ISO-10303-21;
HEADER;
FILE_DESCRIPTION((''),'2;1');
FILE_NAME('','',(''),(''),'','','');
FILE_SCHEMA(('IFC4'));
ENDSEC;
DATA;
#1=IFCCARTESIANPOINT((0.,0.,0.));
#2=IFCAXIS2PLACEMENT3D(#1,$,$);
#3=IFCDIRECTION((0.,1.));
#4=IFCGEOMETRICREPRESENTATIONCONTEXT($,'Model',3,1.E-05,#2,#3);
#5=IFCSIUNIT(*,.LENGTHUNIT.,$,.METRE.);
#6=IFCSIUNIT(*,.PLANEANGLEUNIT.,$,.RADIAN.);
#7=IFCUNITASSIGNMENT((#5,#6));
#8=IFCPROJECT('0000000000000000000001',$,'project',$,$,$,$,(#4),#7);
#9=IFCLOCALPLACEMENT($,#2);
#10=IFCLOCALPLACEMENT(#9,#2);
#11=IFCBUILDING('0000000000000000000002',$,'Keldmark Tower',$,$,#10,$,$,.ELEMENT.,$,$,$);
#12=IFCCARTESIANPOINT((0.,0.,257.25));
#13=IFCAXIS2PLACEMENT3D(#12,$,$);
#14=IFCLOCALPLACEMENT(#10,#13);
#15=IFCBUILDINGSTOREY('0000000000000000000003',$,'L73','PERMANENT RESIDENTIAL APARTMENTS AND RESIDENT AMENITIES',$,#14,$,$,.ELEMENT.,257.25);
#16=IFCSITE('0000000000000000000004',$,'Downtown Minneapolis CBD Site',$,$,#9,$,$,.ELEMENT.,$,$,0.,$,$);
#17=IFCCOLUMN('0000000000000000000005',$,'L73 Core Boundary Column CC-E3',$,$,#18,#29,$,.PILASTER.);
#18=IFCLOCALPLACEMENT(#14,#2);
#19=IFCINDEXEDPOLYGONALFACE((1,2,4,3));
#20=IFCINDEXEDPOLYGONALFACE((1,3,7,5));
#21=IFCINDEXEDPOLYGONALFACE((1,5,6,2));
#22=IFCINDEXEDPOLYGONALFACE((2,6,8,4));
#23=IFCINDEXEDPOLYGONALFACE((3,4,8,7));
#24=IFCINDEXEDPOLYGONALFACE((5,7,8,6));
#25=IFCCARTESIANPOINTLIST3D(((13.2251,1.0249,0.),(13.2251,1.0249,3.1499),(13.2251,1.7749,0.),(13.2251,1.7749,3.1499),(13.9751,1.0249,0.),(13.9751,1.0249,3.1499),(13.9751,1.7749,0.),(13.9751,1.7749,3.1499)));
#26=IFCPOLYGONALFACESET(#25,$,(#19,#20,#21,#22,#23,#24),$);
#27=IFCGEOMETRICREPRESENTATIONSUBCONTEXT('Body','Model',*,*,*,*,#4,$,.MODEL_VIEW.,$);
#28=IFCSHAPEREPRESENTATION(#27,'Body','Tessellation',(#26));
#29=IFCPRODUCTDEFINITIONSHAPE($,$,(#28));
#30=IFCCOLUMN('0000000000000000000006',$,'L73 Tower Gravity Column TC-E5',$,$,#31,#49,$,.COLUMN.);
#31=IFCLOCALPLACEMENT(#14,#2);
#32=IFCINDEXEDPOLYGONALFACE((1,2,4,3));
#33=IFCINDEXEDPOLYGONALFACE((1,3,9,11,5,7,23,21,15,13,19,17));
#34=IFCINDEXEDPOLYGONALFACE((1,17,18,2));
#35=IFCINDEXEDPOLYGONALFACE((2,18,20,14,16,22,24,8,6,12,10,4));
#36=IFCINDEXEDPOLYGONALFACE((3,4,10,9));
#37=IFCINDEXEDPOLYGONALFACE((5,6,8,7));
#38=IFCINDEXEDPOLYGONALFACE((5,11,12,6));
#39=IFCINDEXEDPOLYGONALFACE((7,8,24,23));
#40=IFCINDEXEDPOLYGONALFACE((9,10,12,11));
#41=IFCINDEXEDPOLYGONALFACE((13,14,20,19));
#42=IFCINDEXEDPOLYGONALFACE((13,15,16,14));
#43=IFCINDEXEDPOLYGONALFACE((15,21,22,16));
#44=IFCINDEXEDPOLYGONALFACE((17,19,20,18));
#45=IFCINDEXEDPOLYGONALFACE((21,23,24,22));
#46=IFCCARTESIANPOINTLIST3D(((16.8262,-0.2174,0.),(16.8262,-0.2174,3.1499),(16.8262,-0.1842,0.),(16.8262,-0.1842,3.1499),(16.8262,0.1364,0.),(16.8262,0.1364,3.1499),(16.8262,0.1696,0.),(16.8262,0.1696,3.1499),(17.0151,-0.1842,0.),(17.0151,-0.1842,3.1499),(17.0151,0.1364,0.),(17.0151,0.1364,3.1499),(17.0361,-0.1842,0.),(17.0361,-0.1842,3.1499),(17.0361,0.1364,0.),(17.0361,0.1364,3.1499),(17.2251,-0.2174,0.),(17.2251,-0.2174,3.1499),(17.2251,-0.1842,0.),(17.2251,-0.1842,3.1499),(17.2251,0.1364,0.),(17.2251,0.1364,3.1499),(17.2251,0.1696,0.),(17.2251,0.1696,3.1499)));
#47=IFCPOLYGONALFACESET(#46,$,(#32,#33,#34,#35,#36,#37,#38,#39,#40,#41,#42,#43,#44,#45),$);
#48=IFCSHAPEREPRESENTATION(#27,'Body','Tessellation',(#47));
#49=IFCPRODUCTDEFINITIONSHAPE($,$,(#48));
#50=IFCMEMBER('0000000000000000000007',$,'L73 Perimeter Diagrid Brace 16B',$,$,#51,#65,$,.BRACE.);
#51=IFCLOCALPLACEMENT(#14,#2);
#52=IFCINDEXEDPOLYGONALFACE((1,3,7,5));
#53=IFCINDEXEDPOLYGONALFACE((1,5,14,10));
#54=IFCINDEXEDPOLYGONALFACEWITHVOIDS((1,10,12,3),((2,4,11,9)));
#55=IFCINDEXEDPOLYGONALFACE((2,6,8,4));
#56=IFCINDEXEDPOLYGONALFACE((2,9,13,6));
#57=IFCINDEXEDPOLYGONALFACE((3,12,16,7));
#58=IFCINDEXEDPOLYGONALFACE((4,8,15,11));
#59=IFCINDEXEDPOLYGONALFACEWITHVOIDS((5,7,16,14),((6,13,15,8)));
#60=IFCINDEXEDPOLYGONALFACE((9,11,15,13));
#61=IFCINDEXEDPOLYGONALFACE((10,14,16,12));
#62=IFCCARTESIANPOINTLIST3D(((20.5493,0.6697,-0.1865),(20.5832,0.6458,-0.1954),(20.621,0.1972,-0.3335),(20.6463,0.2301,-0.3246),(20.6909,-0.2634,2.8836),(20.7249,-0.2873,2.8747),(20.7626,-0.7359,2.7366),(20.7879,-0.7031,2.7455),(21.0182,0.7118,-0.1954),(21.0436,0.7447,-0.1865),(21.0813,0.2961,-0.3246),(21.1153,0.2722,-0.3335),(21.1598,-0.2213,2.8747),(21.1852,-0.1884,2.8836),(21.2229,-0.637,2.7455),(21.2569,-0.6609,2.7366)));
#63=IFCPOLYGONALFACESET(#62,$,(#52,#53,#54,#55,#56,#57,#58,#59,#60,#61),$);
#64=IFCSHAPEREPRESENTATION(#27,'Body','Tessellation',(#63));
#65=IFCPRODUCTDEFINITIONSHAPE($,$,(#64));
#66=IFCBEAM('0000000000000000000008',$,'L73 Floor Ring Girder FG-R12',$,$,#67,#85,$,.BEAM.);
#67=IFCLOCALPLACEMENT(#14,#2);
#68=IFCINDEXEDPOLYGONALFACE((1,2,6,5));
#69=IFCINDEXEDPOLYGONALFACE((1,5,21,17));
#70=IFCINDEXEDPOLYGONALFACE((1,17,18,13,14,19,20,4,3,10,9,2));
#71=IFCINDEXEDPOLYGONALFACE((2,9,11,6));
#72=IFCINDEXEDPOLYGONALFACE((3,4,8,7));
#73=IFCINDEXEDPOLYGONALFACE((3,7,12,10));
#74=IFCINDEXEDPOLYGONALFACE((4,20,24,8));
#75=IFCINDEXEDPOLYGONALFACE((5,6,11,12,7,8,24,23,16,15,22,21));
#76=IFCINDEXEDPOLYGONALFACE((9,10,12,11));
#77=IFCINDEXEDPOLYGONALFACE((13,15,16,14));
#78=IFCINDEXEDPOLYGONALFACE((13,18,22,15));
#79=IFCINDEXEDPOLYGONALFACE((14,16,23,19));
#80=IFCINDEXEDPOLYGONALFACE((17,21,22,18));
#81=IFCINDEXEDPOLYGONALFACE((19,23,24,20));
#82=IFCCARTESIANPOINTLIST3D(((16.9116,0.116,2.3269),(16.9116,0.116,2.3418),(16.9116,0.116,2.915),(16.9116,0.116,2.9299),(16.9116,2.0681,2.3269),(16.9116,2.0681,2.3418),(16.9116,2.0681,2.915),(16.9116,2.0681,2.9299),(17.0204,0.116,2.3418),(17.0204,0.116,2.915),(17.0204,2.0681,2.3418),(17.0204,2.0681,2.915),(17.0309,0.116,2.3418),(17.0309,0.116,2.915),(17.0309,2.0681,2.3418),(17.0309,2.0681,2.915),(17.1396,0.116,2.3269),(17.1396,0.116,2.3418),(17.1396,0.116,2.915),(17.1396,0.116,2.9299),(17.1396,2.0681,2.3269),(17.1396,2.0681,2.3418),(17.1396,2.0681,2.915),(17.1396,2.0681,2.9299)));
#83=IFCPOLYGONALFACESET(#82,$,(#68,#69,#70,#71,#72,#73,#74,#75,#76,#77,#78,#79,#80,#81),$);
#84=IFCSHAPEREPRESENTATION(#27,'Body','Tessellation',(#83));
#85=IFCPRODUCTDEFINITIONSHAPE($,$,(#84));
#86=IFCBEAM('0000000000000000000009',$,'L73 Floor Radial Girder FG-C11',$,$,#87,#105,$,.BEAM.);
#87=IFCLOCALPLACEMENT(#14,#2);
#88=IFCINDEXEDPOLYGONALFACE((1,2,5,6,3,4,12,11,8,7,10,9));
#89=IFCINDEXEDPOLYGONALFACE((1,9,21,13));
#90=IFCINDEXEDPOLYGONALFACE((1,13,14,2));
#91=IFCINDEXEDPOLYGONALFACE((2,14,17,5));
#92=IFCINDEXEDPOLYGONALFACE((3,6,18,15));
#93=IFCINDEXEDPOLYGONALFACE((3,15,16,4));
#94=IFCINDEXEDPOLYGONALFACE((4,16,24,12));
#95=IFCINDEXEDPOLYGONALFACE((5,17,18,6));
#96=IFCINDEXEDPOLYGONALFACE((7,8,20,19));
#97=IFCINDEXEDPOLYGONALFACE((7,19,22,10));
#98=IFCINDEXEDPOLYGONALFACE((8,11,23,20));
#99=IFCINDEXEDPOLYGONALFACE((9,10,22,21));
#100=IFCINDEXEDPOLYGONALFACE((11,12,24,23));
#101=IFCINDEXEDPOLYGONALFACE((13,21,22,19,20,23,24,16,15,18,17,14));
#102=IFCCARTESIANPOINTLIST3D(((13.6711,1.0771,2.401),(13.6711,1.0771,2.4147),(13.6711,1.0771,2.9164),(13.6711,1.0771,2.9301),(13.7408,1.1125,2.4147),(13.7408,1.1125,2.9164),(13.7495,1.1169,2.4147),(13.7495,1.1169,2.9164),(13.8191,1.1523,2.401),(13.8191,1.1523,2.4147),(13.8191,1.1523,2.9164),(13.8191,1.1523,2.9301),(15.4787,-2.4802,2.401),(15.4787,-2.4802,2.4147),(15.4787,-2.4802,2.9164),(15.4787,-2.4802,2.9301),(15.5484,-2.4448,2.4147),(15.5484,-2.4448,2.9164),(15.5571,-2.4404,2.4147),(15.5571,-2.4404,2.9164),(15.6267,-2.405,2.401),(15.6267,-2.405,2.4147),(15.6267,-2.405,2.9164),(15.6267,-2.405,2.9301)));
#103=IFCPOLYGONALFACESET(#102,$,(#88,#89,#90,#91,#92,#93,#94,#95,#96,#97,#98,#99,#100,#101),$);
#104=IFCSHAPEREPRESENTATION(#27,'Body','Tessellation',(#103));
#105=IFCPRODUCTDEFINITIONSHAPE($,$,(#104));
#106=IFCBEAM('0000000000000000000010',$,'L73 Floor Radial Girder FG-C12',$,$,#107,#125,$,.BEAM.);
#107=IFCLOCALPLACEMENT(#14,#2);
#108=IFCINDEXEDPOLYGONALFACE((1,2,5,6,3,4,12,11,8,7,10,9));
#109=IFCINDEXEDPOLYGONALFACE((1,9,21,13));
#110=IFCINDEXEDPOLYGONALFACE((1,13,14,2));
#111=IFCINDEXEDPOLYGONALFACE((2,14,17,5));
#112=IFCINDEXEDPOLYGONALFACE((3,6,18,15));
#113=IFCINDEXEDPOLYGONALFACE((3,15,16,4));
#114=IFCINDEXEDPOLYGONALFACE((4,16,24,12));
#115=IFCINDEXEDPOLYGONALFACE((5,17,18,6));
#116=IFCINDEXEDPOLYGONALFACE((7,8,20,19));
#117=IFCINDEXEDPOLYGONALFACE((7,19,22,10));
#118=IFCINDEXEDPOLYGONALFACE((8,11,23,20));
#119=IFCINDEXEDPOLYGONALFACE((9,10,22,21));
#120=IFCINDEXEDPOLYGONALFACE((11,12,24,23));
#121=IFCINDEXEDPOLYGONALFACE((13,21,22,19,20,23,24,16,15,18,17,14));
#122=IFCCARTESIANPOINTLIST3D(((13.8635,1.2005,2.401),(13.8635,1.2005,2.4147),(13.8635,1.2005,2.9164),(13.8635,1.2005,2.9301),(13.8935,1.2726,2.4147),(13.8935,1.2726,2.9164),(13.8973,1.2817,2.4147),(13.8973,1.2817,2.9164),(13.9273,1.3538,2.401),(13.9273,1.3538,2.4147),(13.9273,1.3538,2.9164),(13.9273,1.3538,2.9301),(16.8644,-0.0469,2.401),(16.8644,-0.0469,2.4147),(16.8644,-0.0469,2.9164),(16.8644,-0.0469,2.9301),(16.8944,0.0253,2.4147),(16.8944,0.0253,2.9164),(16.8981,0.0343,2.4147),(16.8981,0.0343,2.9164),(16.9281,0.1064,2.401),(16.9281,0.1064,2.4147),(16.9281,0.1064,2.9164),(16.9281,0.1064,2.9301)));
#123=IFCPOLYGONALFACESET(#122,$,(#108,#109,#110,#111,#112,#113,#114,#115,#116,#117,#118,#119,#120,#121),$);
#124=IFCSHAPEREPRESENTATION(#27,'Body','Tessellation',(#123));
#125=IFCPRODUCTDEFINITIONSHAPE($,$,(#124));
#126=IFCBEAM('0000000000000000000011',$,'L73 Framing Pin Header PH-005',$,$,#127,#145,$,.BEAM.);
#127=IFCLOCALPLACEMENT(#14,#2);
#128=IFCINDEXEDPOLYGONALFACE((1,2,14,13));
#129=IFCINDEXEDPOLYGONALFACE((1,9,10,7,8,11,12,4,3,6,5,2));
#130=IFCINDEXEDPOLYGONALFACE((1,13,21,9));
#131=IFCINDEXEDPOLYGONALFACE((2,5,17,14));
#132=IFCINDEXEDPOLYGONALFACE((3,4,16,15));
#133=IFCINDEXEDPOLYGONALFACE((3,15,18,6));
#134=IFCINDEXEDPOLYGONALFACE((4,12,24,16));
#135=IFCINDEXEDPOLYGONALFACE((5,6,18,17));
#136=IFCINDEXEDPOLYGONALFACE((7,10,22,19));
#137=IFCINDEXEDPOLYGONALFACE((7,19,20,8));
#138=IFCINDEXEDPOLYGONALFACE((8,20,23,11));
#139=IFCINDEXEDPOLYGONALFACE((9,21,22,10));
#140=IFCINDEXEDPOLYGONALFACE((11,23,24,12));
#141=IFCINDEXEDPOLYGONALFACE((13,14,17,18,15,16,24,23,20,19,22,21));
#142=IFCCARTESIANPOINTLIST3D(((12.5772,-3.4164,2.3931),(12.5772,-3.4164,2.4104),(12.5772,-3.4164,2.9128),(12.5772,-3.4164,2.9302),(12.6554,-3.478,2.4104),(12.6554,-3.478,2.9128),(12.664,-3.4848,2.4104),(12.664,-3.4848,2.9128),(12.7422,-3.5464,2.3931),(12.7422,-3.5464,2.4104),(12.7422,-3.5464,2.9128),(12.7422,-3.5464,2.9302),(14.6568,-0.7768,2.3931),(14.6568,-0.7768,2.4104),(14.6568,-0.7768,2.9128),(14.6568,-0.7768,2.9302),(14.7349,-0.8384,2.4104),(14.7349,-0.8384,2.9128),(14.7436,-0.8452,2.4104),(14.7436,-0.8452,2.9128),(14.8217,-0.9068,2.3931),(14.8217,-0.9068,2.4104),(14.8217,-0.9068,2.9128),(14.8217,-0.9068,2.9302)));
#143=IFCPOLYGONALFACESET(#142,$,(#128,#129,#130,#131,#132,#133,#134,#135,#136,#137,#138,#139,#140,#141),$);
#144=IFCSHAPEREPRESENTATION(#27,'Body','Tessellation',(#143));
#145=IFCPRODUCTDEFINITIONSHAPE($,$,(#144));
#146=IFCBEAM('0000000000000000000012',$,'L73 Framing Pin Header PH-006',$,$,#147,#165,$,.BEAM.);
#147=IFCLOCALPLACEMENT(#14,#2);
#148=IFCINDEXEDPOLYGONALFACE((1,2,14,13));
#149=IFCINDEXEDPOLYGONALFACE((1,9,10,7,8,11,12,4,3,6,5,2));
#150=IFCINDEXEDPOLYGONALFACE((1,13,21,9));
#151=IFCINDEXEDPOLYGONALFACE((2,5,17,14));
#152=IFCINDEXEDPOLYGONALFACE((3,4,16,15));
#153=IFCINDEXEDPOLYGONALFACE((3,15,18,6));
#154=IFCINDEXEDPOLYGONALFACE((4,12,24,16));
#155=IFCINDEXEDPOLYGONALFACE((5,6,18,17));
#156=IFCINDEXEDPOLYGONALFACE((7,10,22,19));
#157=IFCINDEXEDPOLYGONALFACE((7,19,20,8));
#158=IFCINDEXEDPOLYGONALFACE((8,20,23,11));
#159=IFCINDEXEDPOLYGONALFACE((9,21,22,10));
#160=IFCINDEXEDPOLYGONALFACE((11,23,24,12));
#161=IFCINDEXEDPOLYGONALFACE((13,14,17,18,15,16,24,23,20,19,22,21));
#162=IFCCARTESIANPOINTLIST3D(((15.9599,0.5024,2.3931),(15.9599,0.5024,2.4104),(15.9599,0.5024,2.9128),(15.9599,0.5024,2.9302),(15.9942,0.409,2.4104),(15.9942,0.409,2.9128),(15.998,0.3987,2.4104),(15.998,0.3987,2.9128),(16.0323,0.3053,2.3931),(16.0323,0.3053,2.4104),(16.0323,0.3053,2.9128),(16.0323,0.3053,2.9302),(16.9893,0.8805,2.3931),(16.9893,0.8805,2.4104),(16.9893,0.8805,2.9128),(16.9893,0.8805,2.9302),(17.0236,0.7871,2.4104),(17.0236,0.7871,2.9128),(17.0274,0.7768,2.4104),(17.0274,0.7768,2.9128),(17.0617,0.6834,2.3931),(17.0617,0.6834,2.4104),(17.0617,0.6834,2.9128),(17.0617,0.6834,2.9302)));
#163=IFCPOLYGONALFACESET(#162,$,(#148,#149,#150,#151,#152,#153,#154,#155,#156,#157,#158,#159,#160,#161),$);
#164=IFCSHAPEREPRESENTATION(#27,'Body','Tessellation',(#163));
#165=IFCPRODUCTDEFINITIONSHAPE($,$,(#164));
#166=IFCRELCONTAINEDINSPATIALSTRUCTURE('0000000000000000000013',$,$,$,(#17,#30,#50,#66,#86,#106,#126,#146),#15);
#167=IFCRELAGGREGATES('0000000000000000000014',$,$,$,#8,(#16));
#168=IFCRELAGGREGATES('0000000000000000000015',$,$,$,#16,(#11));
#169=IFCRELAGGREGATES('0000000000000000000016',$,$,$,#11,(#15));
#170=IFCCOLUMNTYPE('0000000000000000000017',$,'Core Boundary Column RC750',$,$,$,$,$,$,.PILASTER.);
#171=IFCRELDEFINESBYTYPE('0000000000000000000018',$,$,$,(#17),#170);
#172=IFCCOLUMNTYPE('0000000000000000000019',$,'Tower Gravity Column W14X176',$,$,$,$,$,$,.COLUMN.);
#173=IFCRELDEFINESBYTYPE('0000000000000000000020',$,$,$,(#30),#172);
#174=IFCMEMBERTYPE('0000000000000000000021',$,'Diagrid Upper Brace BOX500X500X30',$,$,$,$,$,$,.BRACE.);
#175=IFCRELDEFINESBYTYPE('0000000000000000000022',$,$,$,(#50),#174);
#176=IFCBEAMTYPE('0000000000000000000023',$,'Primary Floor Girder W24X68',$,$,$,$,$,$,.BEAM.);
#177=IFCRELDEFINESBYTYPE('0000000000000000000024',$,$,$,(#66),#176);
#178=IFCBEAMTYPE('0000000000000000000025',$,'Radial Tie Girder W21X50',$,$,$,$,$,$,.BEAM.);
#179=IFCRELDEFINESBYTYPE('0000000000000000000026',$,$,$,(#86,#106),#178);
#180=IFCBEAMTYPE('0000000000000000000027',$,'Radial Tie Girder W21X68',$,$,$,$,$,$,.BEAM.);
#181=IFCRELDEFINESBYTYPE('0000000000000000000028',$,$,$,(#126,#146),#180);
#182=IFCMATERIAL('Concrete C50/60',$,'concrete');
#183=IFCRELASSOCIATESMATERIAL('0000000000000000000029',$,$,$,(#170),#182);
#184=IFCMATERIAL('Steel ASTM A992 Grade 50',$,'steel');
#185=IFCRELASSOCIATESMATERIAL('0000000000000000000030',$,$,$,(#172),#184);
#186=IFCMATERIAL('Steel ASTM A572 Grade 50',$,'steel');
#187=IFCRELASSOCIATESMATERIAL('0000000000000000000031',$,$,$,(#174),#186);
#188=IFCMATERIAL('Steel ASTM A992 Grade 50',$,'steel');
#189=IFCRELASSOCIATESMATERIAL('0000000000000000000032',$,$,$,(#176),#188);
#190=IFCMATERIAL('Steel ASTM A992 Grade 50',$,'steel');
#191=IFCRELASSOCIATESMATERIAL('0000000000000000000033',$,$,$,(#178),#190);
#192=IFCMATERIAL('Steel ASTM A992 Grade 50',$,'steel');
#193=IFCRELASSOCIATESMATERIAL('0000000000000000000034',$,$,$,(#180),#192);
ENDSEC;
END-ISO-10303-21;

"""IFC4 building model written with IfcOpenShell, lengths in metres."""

from ifc_helpers import new_model, si_unit, direction, frame, origin, origin_2d, place, context, subcontext, project, spatial, rectangle, hollow_rectangle, i_section, extrude, material, material_profile, profile_set, type_object, element, save


model = new_model("IFC4")

# Units and contexts
model_context = context("Model", 3, precision=1e-05, world=origin(), true_north=direction((0.0, 1.0)))
body_context = subcontext(model_context, "Body", "Model", "MODEL_VIEW")
ifc_project = project(units=[si_unit("LENGTHUNIT", "METRE"), si_unit("PLANEANGLEUNIT", "RADIAN")], contexts=[model_context])

# Site, building, storey
site_placement = place(None, origin())
site = spatial("IfcSite", under=ifc_project, at=site_placement, Name="Downtown Minneapolis CBD Site", CompositionType="ELEMENT", RefElevation=0.0)
building_placement = place(site_placement, origin())
building = spatial("IfcBuilding", under=site, at=building_placement, Name="Keldmark Tower", CompositionType="ELEMENT")
storey_placement = place(building_placement, frame((0.0, 0.0, 257.25)))
storey = spatial("IfcBuildingStorey", under=building, at=storey_placement, Name="L73", Description="PERMANENT RESIDENTIAL APARTMENTS AND RESIDENT AMENITIES", CompositionType="ELEMENT", Elevation=257.25)

# Columns
ifc_material_1 = material(Name="Concrete C50/60", Category="concrete")
ifc_material_profile_1 = material_profile(ifc_material_1, rectangle(XDim=0.75, YDim=0.75, at=origin_2d()), Name="RC750X750")
ifc_profile_set_1 = profile_set([ifc_material_profile_1], Name="Concrete C50/60")
column_type_1 = type_object("IfcColumnType", Name="Core Boundary Column RC750", PredefinedType="PILASTER", material=ifc_profile_set_1)
column_1_placement = place(storey_placement, frame((13.6001, 1.3999, 0.0), z_axis=(0.0, 0.0, 1.0), x_axis=(1.0, 0.0, 0.0)))
element("IfcColumn", 1, at=column_1_placement, inside=storey, type_object=column_type_1, Name="L73 Core Boundary Column CC-E3", PredefinedType="PILASTER", context=body_context, shape_type="SweptSolid", body=[
    extrude(rectangle(XDim=0.75, YDim=0.75, at=origin_2d()), origin(), (0.0, 0.0, 1.0), 3.1499),
])
ifc_material_2 = material(Name="Steel ASTM A992 Grade 50", Category="steel")
ifc_material_profile_2 = material_profile(ifc_material_2, i_section(OverallWidth=0.3989, OverallDepth=0.387, WebThickness=0.021, FlangeThickness=0.0332, at=origin_2d()), Name="W14X176")
ifc_profile_set_2 = profile_set([ifc_material_profile_2], Name="Steel ASTM A992 Grade 50")
column_type_2 = type_object("IfcColumnType", Name="Tower Gravity Column W14X176", PredefinedType="COLUMN", material=ifc_profile_set_2)
column_2_placement = place(storey_placement, frame((17.0256, -0.0239, 0.0), z_axis=(0.0, 0.0, 1.0), x_axis=(1.0, 0.0, 0.0)))
element("IfcColumn", 2, at=column_2_placement, inside=storey, type_object=column_type_2, Name="L73 Tower Gravity Column TC-E5", PredefinedType="COLUMN", context=body_context, shape_type="SweptSolid", body=[
    extrude(i_section(OverallWidth=0.3989, OverallDepth=0.387, WebThickness=0.021, FlangeThickness=0.0332, at=origin_2d()), origin(), (0.0, 0.0, 1.0), 3.1499),
])

# Member
ifc_material_3 = material(Name="Steel ASTM A572 Grade 50", Category="steel")
ifc_material_profile_3 = material_profile(ifc_material_3, hollow_rectangle(XDim=0.5, YDim=0.5, WallThickness=0.03, at=origin_2d()), Name="BOX500X500X30")
ifc_profile_set_3 = profile_set([ifc_material_profile_3], Name="Steel ASTM A572 Grade 50")
member_type = type_object("IfcMemberType", Name="Diagrid Upper Brace BOX500X500X30", PredefinedType="BRACE", material=ifc_profile_set_3)
member_placement = place(storey_placement, frame((20.8323, 0.4709, -0.26), z_axis=(0.044087, -0.290519, 0.955853), x_axis=(0.988681, 0.150035, 0.0)))
element("IfcMember", 3, at=member_placement, inside=storey, type_object=member_type, Name="L73 Perimeter Diagrid Brace 16B", PredefinedType="BRACE", context=body_context, shape_type="SweptSolid", body=[
    extrude(hollow_rectangle(XDim=0.5, YDim=0.5, WallThickness=0.03, at=origin_2d()), origin(), (0.0, 0.0, 1.0), 3.2119),
])

# Beams
ifc_material_4 = material(Name="Steel ASTM A992 Grade 50", Category="steel")
ifc_material_profile_4 = material_profile(ifc_material_4, i_section(OverallWidth=0.228, OverallDepth=0.603, WebThickness=0.0105, FlangeThickness=0.0149, at=origin_2d()), Name="W24X68")
ifc_profile_set_4 = profile_set([ifc_material_profile_4], Name="Steel ASTM A992 Grade 50")
beam_type_1 = type_object("IfcBeamType", Name="Primary Floor Girder W24X68", PredefinedType="BEAM", material=ifc_profile_set_4)
beam_1_placement = place(storey_placement, frame((17.0256, 0.116, 2.6284), z_axis=(0.0, 1.0, 0.0), x_axis=(-1.0, 0.0, 0.0)))
element("IfcBeam", 4, at=beam_1_placement, inside=storey, type_object=beam_type_1, Name="L73 Floor Ring Girder FG-R12", PredefinedType="BEAM", context=body_context, shape_type="SweptSolid", body=[
    extrude(i_section(OverallWidth=0.228, OverallDepth=0.603, WebThickness=0.0105, FlangeThickness=0.0149, at=origin_2d()), origin(), (0.0, 0.0, 1.0), 1.9521),
])
ifc_material_5 = material(Name="Steel ASTM A992 Grade 50", Category="steel")
ifc_material_profile_5 = material_profile(ifc_material_5, i_section(OverallWidth=0.166, OverallDepth=0.5291, WebThickness=0.0098, FlangeThickness=0.0137, at=origin_2d()), Name="W21X50")
ifc_profile_set_5 = profile_set([ifc_material_profile_5], Name="Steel ASTM A992 Grade 50")
beam_type_2 = type_object("IfcBeamType", Name="Radial Tie Girder W21X50", PredefinedType="BEAM", material=ifc_profile_set_5)
beam_2_placement = place(storey_placement, frame((15.5527, -2.4426, 2.6655), z_axis=(-0.453004, 0.891508, 0.0), x_axis=(-0.891508, -0.453004, 0.0)))
element("IfcBeam", 5, at=beam_2_placement, inside=storey, type_object=beam_type_2, Name="L73 Floor Radial Girder FG-C11", PredefinedType="BEAM", context=body_context, shape_type="SweptSolid", body=[
    extrude(i_section(OverallWidth=0.166, OverallDepth=0.5291, WebThickness=0.0098, FlangeThickness=0.0137, at=origin_2d()), origin(), (0.0, 0.0, 1.0), 3.9902),
])
beam_3_placement = place(storey_placement, frame((16.8962, 0.0298, 2.6655), z_axis=(-0.923403, 0.383831, 0.0), x_axis=(-0.383831, -0.923403, 0.0)))
element("IfcBeam", 6, at=beam_3_placement, inside=storey, type_object=beam_type_2, Name="L73 Floor Radial Girder FG-C12", PredefinedType="BEAM", context=body_context, shape_type="SweptSolid", body=[
    extrude(i_section(OverallWidth=0.166, OverallDepth=0.5291, WebThickness=0.0098, FlangeThickness=0.0137, at=origin_2d()), origin(), (0.0, 0.0, 1.0), 3.2498),
])
ifc_material_6 = material(Name="Steel ASTM A992 Grade 50", Category="steel")
ifc_material_profile_6 = material_profile(ifc_material_6, i_section(OverallWidth=0.21, OverallDepth=0.5371, WebThickness=0.011, FlangeThickness=0.0173, at=origin_2d()), Name="W21X68")
ifc_profile_set_6 = profile_set([ifc_material_profile_6], Name="Steel ASTM A992 Grade 50")
beam_type_3 = type_object("IfcBeamType", Name="Radial Tie Girder W21X68", PredefinedType="BEAM", material=ifc_profile_set_6)
beam_4_placement = place(storey_placement, frame((14.7393, -0.8418, 2.6616), z_axis=(-0.618848, -0.785511, 0.0), x_axis=(0.785511, -0.618848, 0.0)))
element("IfcBeam", 7, at=beam_4_placement, inside=storey, type_object=beam_type_3, Name="L73 Framing Pin Header PH-005", PredefinedType="BEAM", context=body_context, shape_type="SweptSolid", body=[
    extrude(i_section(OverallWidth=0.21, OverallDepth=0.5371, WebThickness=0.011, FlangeThickness=0.0173, at=origin_2d()), origin(), (0.0, 0.0, 1.0), 3.3604),
])
beam_5_placement = place(storey_placement, frame((15.9961, 0.4038, 2.6616), z_axis=(0.938677, 0.344797, 0.0), x_axis=(-0.344797, 0.938677, 0.0)))
element("IfcBeam", 8, at=beam_5_placement, inside=storey, type_object=beam_type_3, Name="L73 Framing Pin Header PH-006", PredefinedType="BEAM", context=body_context, shape_type="SweptSolid", body=[
    extrude(i_section(OverallWidth=0.21, OverallDepth=0.5371, WebThickness=0.011, FlangeThickness=0.0173, at=origin_2d()), origin(), (0.0, 0.0, 1.0), 1.0967),
])

save(model, "model.ifc")
